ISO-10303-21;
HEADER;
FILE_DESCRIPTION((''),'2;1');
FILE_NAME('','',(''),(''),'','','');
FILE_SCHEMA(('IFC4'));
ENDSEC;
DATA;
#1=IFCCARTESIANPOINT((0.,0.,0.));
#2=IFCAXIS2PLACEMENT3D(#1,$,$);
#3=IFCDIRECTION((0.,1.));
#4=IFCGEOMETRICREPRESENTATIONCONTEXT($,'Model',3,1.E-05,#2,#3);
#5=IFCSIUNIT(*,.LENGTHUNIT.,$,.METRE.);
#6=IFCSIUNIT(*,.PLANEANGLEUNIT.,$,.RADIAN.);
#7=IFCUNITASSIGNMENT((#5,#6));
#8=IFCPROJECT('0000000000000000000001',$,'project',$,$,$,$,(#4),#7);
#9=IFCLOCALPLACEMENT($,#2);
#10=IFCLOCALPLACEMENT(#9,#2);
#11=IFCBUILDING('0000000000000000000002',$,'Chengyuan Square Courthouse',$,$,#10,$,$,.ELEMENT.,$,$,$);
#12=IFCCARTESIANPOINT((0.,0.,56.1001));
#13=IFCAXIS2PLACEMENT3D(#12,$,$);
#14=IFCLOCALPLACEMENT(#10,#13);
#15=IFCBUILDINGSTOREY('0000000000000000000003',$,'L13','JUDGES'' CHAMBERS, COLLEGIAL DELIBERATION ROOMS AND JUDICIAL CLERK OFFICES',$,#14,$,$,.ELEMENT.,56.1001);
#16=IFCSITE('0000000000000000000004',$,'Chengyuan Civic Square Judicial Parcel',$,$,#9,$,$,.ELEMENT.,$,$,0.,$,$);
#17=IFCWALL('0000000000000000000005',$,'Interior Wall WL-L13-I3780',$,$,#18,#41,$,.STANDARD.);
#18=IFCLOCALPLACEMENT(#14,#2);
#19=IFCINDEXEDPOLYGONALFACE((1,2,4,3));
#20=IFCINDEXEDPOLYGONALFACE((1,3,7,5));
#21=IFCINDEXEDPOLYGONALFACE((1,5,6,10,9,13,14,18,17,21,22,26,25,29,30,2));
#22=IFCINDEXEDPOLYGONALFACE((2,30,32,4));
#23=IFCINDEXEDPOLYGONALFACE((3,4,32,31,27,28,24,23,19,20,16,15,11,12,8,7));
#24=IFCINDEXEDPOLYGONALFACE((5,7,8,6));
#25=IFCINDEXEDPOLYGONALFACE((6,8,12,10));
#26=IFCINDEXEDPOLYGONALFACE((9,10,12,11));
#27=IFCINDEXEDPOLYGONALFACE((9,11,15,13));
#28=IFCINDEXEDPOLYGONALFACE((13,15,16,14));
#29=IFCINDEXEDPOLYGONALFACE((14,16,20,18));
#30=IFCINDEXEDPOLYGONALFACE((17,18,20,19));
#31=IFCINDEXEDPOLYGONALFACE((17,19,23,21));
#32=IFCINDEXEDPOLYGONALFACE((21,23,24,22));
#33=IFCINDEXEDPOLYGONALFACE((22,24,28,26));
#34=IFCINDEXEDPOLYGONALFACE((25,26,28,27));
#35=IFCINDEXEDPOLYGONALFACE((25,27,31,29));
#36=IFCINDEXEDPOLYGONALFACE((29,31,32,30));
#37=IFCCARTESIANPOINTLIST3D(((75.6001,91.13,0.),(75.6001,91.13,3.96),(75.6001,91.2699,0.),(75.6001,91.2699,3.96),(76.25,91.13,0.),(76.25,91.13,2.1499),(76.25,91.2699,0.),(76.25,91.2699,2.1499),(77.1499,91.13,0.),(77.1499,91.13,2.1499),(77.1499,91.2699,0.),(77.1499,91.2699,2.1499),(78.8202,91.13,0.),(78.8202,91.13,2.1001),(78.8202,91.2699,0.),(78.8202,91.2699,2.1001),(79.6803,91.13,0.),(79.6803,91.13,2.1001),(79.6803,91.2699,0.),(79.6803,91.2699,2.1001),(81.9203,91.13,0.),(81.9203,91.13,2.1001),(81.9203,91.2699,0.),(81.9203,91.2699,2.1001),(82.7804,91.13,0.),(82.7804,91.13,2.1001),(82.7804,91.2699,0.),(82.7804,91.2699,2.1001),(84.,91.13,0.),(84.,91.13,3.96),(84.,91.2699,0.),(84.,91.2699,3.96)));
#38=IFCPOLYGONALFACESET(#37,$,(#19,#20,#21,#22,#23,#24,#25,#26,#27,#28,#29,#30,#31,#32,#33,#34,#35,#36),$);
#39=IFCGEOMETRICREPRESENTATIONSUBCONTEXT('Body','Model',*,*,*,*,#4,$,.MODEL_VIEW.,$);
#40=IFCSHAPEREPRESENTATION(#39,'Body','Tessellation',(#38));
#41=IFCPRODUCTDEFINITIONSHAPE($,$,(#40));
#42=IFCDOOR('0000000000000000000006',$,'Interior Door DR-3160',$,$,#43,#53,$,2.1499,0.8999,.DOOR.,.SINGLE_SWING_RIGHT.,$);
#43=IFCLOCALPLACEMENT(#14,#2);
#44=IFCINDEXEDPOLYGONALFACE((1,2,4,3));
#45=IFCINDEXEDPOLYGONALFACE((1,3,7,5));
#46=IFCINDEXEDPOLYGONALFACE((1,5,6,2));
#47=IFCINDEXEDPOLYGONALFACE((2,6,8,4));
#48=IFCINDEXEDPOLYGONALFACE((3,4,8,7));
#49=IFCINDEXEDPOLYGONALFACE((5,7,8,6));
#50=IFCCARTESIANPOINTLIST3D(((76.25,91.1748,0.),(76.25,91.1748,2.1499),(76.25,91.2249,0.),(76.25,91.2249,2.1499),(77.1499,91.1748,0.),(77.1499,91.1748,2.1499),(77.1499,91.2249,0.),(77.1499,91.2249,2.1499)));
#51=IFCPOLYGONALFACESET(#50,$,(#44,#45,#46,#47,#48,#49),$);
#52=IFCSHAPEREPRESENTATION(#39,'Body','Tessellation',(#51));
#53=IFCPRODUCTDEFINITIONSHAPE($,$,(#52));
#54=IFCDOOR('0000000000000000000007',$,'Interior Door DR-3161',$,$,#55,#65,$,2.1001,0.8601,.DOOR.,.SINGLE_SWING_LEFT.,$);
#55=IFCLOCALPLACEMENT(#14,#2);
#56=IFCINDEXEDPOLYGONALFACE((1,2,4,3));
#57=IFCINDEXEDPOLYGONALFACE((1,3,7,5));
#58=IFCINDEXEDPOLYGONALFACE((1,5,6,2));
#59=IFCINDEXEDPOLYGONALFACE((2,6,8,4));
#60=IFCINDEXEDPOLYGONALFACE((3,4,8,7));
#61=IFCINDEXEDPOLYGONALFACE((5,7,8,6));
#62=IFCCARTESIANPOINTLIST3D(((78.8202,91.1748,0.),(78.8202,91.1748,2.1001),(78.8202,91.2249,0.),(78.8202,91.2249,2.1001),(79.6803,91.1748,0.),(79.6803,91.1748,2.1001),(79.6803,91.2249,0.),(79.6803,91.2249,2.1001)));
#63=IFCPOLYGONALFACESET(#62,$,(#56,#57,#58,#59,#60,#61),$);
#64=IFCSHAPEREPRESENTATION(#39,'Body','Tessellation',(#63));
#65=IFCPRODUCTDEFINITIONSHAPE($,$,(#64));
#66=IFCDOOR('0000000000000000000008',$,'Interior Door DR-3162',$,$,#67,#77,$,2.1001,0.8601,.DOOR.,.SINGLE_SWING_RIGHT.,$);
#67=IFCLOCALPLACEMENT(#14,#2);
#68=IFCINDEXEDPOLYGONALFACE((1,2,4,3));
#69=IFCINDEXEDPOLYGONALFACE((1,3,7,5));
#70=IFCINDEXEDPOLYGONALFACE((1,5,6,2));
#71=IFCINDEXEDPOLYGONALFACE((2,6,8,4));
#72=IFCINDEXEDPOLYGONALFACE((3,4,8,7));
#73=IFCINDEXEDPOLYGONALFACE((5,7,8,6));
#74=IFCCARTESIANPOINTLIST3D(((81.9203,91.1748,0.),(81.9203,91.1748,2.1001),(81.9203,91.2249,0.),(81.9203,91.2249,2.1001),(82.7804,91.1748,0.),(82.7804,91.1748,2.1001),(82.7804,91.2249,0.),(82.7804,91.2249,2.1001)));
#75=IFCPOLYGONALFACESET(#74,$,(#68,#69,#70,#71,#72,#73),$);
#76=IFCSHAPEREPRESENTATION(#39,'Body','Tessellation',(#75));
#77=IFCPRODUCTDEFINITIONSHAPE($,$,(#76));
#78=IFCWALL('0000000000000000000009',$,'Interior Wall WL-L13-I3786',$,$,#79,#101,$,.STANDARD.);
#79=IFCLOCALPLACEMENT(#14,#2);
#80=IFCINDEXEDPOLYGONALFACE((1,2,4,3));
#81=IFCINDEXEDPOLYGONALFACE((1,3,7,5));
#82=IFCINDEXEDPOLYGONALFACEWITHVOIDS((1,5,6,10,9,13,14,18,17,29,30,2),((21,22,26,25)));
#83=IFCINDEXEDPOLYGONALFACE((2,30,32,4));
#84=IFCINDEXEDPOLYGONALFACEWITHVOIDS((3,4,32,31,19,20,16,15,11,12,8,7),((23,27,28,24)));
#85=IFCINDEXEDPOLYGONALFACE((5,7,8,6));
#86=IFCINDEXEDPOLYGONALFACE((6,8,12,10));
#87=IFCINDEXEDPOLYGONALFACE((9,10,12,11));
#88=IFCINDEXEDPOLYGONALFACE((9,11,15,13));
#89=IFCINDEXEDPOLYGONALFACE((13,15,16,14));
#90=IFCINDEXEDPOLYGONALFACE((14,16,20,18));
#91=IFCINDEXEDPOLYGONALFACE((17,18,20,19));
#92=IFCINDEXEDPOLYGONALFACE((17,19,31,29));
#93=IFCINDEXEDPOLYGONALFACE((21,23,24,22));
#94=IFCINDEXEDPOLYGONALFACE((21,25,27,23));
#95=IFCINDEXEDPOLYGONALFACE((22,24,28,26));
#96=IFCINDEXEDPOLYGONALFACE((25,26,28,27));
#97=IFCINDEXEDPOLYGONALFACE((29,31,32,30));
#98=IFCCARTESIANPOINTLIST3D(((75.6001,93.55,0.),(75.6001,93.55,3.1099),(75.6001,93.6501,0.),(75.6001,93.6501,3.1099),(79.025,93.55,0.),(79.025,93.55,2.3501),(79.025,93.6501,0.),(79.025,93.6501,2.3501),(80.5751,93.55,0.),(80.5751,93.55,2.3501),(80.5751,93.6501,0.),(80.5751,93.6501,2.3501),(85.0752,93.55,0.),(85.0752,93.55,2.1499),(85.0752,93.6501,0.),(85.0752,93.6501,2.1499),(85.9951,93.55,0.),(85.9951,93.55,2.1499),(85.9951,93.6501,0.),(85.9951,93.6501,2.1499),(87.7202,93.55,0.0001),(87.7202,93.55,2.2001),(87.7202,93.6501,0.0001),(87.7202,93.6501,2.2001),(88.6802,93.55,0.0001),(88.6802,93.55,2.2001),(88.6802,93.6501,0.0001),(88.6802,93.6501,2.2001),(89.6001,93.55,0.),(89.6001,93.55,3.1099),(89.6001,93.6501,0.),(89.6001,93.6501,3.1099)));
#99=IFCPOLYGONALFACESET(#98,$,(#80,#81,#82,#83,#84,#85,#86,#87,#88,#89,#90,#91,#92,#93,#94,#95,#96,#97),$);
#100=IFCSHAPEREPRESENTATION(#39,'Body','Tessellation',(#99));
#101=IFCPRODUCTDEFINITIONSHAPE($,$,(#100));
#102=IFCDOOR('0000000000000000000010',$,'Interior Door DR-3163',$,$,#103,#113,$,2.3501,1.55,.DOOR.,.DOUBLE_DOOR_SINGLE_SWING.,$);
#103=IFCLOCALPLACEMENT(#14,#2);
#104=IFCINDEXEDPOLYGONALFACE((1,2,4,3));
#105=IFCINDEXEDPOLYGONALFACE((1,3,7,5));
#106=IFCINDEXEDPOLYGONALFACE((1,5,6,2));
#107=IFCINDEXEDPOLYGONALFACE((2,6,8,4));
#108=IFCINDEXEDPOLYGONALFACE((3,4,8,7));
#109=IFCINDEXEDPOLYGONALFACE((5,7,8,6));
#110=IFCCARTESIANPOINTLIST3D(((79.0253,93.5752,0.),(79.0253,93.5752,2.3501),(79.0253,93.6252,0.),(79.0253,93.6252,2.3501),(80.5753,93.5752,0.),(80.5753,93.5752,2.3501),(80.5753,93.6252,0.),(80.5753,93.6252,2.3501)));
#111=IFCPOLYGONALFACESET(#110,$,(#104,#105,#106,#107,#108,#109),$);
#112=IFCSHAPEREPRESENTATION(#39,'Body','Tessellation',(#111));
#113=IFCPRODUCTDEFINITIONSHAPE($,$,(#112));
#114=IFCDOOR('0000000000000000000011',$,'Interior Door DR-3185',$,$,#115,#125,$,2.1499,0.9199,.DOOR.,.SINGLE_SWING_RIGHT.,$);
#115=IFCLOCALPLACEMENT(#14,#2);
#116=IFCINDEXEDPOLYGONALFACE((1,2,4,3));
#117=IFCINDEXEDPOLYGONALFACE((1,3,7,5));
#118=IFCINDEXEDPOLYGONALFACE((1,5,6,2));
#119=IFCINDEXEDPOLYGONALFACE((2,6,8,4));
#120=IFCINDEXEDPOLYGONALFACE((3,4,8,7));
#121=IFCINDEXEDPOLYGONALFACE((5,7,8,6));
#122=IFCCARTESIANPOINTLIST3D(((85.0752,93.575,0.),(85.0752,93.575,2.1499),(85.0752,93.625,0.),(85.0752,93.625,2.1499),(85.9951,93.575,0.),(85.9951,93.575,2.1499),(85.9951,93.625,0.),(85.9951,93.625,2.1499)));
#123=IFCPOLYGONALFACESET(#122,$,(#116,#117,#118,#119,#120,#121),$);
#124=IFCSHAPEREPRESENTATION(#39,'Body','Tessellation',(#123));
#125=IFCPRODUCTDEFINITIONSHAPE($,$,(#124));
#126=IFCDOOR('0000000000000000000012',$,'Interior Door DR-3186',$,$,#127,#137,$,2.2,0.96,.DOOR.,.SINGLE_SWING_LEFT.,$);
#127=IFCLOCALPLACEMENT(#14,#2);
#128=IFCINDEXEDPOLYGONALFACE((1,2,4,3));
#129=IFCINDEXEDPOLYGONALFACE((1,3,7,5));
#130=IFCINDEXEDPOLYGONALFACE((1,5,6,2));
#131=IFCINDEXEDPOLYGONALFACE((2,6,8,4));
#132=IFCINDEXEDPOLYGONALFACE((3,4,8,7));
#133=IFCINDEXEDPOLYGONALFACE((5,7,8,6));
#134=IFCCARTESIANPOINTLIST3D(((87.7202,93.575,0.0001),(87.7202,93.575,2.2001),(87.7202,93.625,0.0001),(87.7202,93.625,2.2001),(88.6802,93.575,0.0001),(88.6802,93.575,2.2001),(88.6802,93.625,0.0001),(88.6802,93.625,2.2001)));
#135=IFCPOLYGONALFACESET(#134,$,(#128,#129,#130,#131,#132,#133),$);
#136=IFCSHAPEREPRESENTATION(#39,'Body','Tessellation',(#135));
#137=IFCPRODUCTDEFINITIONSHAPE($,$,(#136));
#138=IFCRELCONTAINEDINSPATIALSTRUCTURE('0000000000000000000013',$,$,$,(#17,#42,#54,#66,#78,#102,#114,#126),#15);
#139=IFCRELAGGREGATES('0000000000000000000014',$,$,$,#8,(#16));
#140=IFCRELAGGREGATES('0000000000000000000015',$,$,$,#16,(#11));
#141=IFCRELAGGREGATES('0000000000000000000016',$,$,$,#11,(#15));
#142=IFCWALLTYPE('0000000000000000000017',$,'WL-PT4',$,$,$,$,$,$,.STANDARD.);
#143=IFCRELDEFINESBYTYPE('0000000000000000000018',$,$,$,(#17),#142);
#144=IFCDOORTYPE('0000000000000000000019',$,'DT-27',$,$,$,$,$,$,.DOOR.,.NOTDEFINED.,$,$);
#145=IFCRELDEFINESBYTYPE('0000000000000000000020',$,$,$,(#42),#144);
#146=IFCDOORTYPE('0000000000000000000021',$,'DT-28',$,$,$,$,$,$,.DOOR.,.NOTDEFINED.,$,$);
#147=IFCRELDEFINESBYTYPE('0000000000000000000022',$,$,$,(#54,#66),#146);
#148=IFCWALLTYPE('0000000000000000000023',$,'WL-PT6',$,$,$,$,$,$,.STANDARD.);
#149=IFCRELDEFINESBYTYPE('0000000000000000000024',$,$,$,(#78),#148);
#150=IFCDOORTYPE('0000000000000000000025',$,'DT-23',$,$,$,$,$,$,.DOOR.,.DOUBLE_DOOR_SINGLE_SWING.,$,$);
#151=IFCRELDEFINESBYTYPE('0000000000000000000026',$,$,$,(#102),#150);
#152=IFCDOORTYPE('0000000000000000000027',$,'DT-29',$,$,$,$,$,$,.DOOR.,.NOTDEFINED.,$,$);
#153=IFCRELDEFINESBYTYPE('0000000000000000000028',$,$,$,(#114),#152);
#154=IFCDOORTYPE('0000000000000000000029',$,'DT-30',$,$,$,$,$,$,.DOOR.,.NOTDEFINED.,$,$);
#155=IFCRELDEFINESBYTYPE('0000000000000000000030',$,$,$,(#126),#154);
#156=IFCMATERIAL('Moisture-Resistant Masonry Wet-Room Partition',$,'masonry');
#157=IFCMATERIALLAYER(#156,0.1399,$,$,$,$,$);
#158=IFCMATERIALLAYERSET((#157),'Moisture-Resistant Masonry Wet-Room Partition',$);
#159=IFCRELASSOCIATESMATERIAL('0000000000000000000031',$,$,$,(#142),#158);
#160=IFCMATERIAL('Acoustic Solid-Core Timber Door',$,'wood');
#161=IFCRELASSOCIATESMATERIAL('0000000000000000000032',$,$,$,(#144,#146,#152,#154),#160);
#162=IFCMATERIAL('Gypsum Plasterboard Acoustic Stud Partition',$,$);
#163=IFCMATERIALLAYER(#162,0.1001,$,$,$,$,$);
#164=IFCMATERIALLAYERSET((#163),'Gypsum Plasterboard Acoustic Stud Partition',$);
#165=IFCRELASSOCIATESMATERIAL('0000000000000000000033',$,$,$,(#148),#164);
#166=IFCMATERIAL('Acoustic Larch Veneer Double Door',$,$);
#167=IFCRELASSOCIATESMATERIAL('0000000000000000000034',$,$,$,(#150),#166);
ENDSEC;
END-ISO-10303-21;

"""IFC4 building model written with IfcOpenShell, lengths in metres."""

from ifc_helpers import new_model, si_unit, direction, frame, frame_2d, origin, place, context, subcontext, project, spatial, rectangle, extrude, material, layer, layer_set, type_object, element, fill, save


model = new_model("IFC4")

# Units and contexts
model_context = context("Model", 3, precision=1e-05, world=origin(), true_north=direction((0.0, 1.0)))
body_context = subcontext(model_context, "Body", "Model", "MODEL_VIEW")
ifc_project = project(units=[si_unit("LENGTHUNIT", "METRE"), si_unit("PLANEANGLEUNIT", "RADIAN")], contexts=[model_context])

# Site, building, storey
site_placement = place(None, origin())
site = spatial("IfcSite", under=ifc_project, at=site_placement, Name="Chengyuan Civic Square Judicial Parcel", CompositionType="ELEMENT", RefElevation=0.0)
building_placement = place(site_placement, origin())
building = spatial("IfcBuilding", under=site, at=building_placement, Name="Chengyuan Square Courthouse", CompositionType="ELEMENT")
storey_placement = place(building_placement, frame((0.0, 0.0, 56.1001)))
storey = spatial("IfcBuildingStorey", under=building, at=storey_placement, Name="L13", Description="JUDGES' CHAMBERS, COLLEGIAL DELIBERATION ROOMS AND JUDICIAL CLERK OFFICES", CompositionType="ELEMENT", Elevation=56.1001)

# Shared definitions
ifc_material_1 = material(Name="Acoustic Solid-Core Timber Door", Category="wood")

# Walls, openings, doors
ifc_material_2 = material(Name="Moisture-Resistant Masonry Wet-Room Partition", Category="masonry")
ifc_layer_1 = layer(ifc_material_2, 0.1399)
ifc_layer_set_1 = layer_set([ifc_layer_1], Name="Moisture-Resistant Masonry Wet-Room Partition")
wall_type_1 = type_object("IfcWallType", Name="WL-PT4", PredefinedType="STANDARD", material=ifc_layer_set_1)
wall_1_placement = place(storey_placement, frame((75.6001, 91.2, 0.0), z_axis=(0.0, 0.0, 1.0), x_axis=(1.0, 0.0, 0.0)))
wall_1 = element("IfcWall", 1, at=wall_1_placement, inside=storey, type_object=wall_type_1, Name="Interior Wall WL-L13-I3780", PredefinedType="STANDARD", context=body_context, shape_type="SweptSolid", body=[
    extrude(rectangle(XDim=8.3999, YDim=0.1399, at=frame_2d((4.2, 0.0))), origin(), (0.0, 0.0, 1.0), 3.96),
])
opening_1_placement = place(wall_1_placement, frame((0.6499, 0.0, 0.0)))
opening_1 = element("IfcOpeningElement", 2, at=opening_1_placement, cuts=wall_1, PredefinedType="OPENING", context=body_context, shape_type="SweptSolid", body=[
    extrude(rectangle(XDim=0.8999, YDim=2.1499, at=frame_2d((0.45, 1.075))), frame((0.0, 0.082, 0.0), z_axis=(0.0, -1.0, 0.0), x_axis=(1.0, 0.0, 0.0)), (0.0, 0.0, 1.0), 0.1638),
])
opening_2_placement = place(wall_1_placement, frame((3.22, 0.0, 0.0)))
opening_2 = element("IfcOpeningElement", 3, at=opening_2_placement, cuts=wall_1, PredefinedType="OPENING", context=body_context, shape_type="SweptSolid", body=[
    extrude(rectangle(XDim=0.8601, YDim=2.1001, at=frame_2d((0.4302, 1.05))), frame((0.0, 0.082, 0.0), z_axis=(0.0, -1.0, 0.0), x_axis=(1.0, 0.0, 0.0)), (0.0, 0.0, 1.0), 0.1638),
])
opening_3_placement = place(wall_1_placement, frame((6.3201, 0.0, 0.0)))
opening_3 = element("IfcOpeningElement", 4, at=opening_3_placement, cuts=wall_1, PredefinedType="OPENING", context=body_context, shape_type="SweptSolid", body=[
    extrude(rectangle(XDim=0.8601, YDim=2.1001, at=frame_2d((0.4302, 1.05))), frame((0.0, 0.082, 0.0), z_axis=(0.0, -1.0, 0.0), x_axis=(1.0, 0.0, 0.0)), (0.0, 0.0, 1.0), 0.1638),
])
door_type_1 = type_object("IfcDoorType", Name="DT-27", OperationType="NOTDEFINED", PredefinedType="DOOR", material=ifc_material_1)
door_1_placement = place(opening_1_placement, origin())
door_1 = element("IfcDoor", 5, at=door_1_placement, inside=storey, type_object=door_type_1, Name="Interior Door DR-3160", OperationType="SINGLE_SWING_RIGHT", OverallHeight=2.1499, OverallWidth=0.8999, PredefinedType="DOOR", context=body_context, shape_type="SweptSolid", body=[
    extrude(rectangle(XDim=0.8999, YDim=2.1499, at=frame_2d((0.45, 1.075))), frame((0.0, 0.0249, 0.0), z_axis=(0.0, -1.0, 0.0), x_axis=(1.0, 0.0, 0.0)), (0.0, 0.0, 1.0), 0.05),
])
fill(opening_1, door_1)
door_type_2 = type_object("IfcDoorType", Name="DT-28", OperationType="NOTDEFINED", PredefinedType="DOOR", material=ifc_material_1)
door_2_placement = place(opening_2_placement, origin())
door_2 = element("IfcDoor", 6, at=door_2_placement, inside=storey, type_object=door_type_2, Name="Interior Door DR-3161", OperationType="SINGLE_SWING_LEFT", OverallHeight=2.1001, OverallWidth=0.8601, PredefinedType="DOOR", context=body_context, shape_type="SweptSolid", body=[
    extrude(rectangle(XDim=0.8601, YDim=2.1001, at=frame_2d((0.4302, 1.05))), frame((0.0, 0.0249, 0.0), z_axis=(0.0, -1.0, 0.0), x_axis=(1.0, 0.0, 0.0)), (0.0, 0.0, 1.0), 0.05),
])
fill(opening_2, door_2)
door_3_placement = place(opening_3_placement, origin())
door_3 = element("IfcDoor", 7, at=door_3_placement, inside=storey, type_object=door_type_2, Name="Interior Door DR-3162", OperationType="SINGLE_SWING_RIGHT", OverallHeight=2.1001, OverallWidth=0.8601, PredefinedType="DOOR", context=body_context, shape_type="SweptSolid", body=[
    extrude(rectangle(XDim=0.8601, YDim=2.1001, at=frame_2d((0.4302, 1.05))), frame((0.0, 0.0249, 0.0), z_axis=(0.0, -1.0, 0.0), x_axis=(1.0, 0.0, 0.0)), (0.0, 0.0, 1.0), 0.05),
])
fill(opening_3, door_3)
ifc_material_3 = material(Name="Gypsum Plasterboard Acoustic Stud Partition")
ifc_layer_2 = layer(ifc_material_3, 0.1001)
ifc_layer_set_2 = layer_set([ifc_layer_2], Name="Gypsum Plasterboard Acoustic Stud Partition")
wall_type_2 = type_object("IfcWallType", Name="WL-PT6", PredefinedType="STANDARD", material=ifc_layer_set_2)
wall_2_placement = place(storey_placement, frame((75.6001, 93.6001, 0.0), z_axis=(0.0, 0.0, 1.0), x_axis=(1.0, 0.0, 0.0)))
wall_2 = element("IfcWall", 8, at=wall_2_placement, inside=storey, type_object=wall_type_2, Name="Interior Wall WL-L13-I3786", PredefinedType="STANDARD", context=body_context, shape_type="SweptSolid", body=[
    extrude(rectangle(XDim=14.0, YDim=0.1001, at=frame_2d((7.0, 0.0))), origin(), (0.0, 0.0, 1.0), 3.1099),
])
opening_4_placement = place(wall_2_placement, frame((3.425, 0.0, 0.0)))
opening_4 = element("IfcOpeningElement", 9, at=opening_4_placement, cuts=wall_2, PredefinedType="OPENING", context=body_context, shape_type="SweptSolid", body=[
    extrude(rectangle(XDim=1.55, YDim=2.3501, at=frame_2d((0.7749, 1.175))), frame((0.0, 0.062, 0.0), z_axis=(0.0, -1.0, 0.0), x_axis=(1.0, 0.0, 0.0)), (0.0, 0.0, 1.0), 0.124),
])
opening_5_placement = place(wall_2_placement, frame((9.4751, 0.0, 0.0)))
opening_5 = element("IfcOpeningElement", 10, at=opening_5_placement, cuts=wall_2, PredefinedType="OPENING", context=body_context, shape_type="SweptSolid", body=[
    extrude(rectangle(XDim=0.9199, YDim=2.1499, at=frame_2d((0.46, 1.075))), frame((0.0, 0.062, 0.0), z_axis=(0.0, -1.0, 0.0), x_axis=(1.0, 0.0, 0.0)), (0.0, 0.0, 1.0), 0.124),
])
opening_6_placement = place(wall_2_placement, frame((12.1201, 0.0, 0.0)))
opening_6 = element("IfcOpeningElement", 11, at=opening_6_placement, cuts=wall_2, PredefinedType="OPENING", context=body_context, shape_type="SweptSolid", body=[
    extrude(rectangle(XDim=0.96, YDim=2.2, at=frame_2d((0.48, 1.1001))), frame((0.0, 0.062, 0.0), z_axis=(0.0, -1.0, 0.0), x_axis=(1.0, 0.0, 0.0)), (0.0, 0.0, 1.0), 0.124),
])
ifc_material_4 = material(Name="Acoustic Larch Veneer Double Door")
door_type_3 = type_object("IfcDoorType", Name="DT-23", OperationType="DOUBLE_DOOR_SINGLE_SWING", PredefinedType="DOOR", material=ifc_material_4)
door_4_placement = place(opening_4_placement, frame((1.55, 0.0, 0.0), z_axis=(0.0, 0.0, 1.0), x_axis=(-1.0, 0.0, 0.0)))
door_4 = element("IfcDoor", 12, at=door_4_placement, inside=storey, type_object=door_type_3, Name="Interior Door DR-3163", OperationType="DOUBLE_DOOR_SINGLE_SWING", OverallHeight=2.3501, OverallWidth=1.55, PredefinedType="DOOR", context=body_context, shape_type="SweptSolid", body=[
    extrude(rectangle(XDim=1.55, YDim=2.3501, at=frame_2d((0.7749, 1.175))), frame((0.0, 0.0249, 0.0), z_axis=(0.0, -1.0, 0.0), x_axis=(1.0, 0.0, 0.0)), (0.0, 0.0, 1.0), 0.05),
])
fill(opening_4, door_4)
door_type_4 = type_object("IfcDoorType", Name="DT-29", OperationType="NOTDEFINED", PredefinedType="DOOR", material=ifc_material_1)
door_5_placement = place(opening_5_placement, origin())
door_5 = element("IfcDoor", 13, at=door_5_placement, inside=storey, type_object=door_type_4, Name="Interior Door DR-3185", OperationType="SINGLE_SWING_RIGHT", OverallHeight=2.1499, OverallWidth=0.9199, PredefinedType="DOOR", context=body_context, shape_type="SweptSolid", body=[
    extrude(rectangle(XDim=0.9199, YDim=2.1499, at=frame_2d((0.46, 1.075))), frame((0.0, 0.0249, 0.0), z_axis=(0.0, -1.0, 0.0), x_axis=(1.0, 0.0, 0.0)), (0.0, 0.0, 1.0), 0.05),
])
fill(opening_5, door_5)
door_type_5 = type_object("IfcDoorType", Name="DT-30", OperationType="NOTDEFINED", PredefinedType="DOOR", material=ifc_material_1)
door_6_placement = place(opening_6_placement, origin())
door_6 = element("IfcDoor", 14, at=door_6_placement, inside=storey, type_object=door_type_5, Name="Interior Door DR-3186", OperationType="SINGLE_SWING_LEFT", OverallHeight=2.2, OverallWidth=0.96, PredefinedType="DOOR", context=body_context, shape_type="SweptSolid", body=[
    extrude(rectangle(XDim=0.96, YDim=2.2, at=frame_2d((0.48, 1.1001))), frame((0.0, 0.0249, 0.0), z_axis=(0.0, -1.0, 0.0), x_axis=(1.0, 0.0, 0.0)), (0.0, 0.0, 1.0), 0.05),
])
fill(opening_6, door_6)

save(model, "model.ifc")
